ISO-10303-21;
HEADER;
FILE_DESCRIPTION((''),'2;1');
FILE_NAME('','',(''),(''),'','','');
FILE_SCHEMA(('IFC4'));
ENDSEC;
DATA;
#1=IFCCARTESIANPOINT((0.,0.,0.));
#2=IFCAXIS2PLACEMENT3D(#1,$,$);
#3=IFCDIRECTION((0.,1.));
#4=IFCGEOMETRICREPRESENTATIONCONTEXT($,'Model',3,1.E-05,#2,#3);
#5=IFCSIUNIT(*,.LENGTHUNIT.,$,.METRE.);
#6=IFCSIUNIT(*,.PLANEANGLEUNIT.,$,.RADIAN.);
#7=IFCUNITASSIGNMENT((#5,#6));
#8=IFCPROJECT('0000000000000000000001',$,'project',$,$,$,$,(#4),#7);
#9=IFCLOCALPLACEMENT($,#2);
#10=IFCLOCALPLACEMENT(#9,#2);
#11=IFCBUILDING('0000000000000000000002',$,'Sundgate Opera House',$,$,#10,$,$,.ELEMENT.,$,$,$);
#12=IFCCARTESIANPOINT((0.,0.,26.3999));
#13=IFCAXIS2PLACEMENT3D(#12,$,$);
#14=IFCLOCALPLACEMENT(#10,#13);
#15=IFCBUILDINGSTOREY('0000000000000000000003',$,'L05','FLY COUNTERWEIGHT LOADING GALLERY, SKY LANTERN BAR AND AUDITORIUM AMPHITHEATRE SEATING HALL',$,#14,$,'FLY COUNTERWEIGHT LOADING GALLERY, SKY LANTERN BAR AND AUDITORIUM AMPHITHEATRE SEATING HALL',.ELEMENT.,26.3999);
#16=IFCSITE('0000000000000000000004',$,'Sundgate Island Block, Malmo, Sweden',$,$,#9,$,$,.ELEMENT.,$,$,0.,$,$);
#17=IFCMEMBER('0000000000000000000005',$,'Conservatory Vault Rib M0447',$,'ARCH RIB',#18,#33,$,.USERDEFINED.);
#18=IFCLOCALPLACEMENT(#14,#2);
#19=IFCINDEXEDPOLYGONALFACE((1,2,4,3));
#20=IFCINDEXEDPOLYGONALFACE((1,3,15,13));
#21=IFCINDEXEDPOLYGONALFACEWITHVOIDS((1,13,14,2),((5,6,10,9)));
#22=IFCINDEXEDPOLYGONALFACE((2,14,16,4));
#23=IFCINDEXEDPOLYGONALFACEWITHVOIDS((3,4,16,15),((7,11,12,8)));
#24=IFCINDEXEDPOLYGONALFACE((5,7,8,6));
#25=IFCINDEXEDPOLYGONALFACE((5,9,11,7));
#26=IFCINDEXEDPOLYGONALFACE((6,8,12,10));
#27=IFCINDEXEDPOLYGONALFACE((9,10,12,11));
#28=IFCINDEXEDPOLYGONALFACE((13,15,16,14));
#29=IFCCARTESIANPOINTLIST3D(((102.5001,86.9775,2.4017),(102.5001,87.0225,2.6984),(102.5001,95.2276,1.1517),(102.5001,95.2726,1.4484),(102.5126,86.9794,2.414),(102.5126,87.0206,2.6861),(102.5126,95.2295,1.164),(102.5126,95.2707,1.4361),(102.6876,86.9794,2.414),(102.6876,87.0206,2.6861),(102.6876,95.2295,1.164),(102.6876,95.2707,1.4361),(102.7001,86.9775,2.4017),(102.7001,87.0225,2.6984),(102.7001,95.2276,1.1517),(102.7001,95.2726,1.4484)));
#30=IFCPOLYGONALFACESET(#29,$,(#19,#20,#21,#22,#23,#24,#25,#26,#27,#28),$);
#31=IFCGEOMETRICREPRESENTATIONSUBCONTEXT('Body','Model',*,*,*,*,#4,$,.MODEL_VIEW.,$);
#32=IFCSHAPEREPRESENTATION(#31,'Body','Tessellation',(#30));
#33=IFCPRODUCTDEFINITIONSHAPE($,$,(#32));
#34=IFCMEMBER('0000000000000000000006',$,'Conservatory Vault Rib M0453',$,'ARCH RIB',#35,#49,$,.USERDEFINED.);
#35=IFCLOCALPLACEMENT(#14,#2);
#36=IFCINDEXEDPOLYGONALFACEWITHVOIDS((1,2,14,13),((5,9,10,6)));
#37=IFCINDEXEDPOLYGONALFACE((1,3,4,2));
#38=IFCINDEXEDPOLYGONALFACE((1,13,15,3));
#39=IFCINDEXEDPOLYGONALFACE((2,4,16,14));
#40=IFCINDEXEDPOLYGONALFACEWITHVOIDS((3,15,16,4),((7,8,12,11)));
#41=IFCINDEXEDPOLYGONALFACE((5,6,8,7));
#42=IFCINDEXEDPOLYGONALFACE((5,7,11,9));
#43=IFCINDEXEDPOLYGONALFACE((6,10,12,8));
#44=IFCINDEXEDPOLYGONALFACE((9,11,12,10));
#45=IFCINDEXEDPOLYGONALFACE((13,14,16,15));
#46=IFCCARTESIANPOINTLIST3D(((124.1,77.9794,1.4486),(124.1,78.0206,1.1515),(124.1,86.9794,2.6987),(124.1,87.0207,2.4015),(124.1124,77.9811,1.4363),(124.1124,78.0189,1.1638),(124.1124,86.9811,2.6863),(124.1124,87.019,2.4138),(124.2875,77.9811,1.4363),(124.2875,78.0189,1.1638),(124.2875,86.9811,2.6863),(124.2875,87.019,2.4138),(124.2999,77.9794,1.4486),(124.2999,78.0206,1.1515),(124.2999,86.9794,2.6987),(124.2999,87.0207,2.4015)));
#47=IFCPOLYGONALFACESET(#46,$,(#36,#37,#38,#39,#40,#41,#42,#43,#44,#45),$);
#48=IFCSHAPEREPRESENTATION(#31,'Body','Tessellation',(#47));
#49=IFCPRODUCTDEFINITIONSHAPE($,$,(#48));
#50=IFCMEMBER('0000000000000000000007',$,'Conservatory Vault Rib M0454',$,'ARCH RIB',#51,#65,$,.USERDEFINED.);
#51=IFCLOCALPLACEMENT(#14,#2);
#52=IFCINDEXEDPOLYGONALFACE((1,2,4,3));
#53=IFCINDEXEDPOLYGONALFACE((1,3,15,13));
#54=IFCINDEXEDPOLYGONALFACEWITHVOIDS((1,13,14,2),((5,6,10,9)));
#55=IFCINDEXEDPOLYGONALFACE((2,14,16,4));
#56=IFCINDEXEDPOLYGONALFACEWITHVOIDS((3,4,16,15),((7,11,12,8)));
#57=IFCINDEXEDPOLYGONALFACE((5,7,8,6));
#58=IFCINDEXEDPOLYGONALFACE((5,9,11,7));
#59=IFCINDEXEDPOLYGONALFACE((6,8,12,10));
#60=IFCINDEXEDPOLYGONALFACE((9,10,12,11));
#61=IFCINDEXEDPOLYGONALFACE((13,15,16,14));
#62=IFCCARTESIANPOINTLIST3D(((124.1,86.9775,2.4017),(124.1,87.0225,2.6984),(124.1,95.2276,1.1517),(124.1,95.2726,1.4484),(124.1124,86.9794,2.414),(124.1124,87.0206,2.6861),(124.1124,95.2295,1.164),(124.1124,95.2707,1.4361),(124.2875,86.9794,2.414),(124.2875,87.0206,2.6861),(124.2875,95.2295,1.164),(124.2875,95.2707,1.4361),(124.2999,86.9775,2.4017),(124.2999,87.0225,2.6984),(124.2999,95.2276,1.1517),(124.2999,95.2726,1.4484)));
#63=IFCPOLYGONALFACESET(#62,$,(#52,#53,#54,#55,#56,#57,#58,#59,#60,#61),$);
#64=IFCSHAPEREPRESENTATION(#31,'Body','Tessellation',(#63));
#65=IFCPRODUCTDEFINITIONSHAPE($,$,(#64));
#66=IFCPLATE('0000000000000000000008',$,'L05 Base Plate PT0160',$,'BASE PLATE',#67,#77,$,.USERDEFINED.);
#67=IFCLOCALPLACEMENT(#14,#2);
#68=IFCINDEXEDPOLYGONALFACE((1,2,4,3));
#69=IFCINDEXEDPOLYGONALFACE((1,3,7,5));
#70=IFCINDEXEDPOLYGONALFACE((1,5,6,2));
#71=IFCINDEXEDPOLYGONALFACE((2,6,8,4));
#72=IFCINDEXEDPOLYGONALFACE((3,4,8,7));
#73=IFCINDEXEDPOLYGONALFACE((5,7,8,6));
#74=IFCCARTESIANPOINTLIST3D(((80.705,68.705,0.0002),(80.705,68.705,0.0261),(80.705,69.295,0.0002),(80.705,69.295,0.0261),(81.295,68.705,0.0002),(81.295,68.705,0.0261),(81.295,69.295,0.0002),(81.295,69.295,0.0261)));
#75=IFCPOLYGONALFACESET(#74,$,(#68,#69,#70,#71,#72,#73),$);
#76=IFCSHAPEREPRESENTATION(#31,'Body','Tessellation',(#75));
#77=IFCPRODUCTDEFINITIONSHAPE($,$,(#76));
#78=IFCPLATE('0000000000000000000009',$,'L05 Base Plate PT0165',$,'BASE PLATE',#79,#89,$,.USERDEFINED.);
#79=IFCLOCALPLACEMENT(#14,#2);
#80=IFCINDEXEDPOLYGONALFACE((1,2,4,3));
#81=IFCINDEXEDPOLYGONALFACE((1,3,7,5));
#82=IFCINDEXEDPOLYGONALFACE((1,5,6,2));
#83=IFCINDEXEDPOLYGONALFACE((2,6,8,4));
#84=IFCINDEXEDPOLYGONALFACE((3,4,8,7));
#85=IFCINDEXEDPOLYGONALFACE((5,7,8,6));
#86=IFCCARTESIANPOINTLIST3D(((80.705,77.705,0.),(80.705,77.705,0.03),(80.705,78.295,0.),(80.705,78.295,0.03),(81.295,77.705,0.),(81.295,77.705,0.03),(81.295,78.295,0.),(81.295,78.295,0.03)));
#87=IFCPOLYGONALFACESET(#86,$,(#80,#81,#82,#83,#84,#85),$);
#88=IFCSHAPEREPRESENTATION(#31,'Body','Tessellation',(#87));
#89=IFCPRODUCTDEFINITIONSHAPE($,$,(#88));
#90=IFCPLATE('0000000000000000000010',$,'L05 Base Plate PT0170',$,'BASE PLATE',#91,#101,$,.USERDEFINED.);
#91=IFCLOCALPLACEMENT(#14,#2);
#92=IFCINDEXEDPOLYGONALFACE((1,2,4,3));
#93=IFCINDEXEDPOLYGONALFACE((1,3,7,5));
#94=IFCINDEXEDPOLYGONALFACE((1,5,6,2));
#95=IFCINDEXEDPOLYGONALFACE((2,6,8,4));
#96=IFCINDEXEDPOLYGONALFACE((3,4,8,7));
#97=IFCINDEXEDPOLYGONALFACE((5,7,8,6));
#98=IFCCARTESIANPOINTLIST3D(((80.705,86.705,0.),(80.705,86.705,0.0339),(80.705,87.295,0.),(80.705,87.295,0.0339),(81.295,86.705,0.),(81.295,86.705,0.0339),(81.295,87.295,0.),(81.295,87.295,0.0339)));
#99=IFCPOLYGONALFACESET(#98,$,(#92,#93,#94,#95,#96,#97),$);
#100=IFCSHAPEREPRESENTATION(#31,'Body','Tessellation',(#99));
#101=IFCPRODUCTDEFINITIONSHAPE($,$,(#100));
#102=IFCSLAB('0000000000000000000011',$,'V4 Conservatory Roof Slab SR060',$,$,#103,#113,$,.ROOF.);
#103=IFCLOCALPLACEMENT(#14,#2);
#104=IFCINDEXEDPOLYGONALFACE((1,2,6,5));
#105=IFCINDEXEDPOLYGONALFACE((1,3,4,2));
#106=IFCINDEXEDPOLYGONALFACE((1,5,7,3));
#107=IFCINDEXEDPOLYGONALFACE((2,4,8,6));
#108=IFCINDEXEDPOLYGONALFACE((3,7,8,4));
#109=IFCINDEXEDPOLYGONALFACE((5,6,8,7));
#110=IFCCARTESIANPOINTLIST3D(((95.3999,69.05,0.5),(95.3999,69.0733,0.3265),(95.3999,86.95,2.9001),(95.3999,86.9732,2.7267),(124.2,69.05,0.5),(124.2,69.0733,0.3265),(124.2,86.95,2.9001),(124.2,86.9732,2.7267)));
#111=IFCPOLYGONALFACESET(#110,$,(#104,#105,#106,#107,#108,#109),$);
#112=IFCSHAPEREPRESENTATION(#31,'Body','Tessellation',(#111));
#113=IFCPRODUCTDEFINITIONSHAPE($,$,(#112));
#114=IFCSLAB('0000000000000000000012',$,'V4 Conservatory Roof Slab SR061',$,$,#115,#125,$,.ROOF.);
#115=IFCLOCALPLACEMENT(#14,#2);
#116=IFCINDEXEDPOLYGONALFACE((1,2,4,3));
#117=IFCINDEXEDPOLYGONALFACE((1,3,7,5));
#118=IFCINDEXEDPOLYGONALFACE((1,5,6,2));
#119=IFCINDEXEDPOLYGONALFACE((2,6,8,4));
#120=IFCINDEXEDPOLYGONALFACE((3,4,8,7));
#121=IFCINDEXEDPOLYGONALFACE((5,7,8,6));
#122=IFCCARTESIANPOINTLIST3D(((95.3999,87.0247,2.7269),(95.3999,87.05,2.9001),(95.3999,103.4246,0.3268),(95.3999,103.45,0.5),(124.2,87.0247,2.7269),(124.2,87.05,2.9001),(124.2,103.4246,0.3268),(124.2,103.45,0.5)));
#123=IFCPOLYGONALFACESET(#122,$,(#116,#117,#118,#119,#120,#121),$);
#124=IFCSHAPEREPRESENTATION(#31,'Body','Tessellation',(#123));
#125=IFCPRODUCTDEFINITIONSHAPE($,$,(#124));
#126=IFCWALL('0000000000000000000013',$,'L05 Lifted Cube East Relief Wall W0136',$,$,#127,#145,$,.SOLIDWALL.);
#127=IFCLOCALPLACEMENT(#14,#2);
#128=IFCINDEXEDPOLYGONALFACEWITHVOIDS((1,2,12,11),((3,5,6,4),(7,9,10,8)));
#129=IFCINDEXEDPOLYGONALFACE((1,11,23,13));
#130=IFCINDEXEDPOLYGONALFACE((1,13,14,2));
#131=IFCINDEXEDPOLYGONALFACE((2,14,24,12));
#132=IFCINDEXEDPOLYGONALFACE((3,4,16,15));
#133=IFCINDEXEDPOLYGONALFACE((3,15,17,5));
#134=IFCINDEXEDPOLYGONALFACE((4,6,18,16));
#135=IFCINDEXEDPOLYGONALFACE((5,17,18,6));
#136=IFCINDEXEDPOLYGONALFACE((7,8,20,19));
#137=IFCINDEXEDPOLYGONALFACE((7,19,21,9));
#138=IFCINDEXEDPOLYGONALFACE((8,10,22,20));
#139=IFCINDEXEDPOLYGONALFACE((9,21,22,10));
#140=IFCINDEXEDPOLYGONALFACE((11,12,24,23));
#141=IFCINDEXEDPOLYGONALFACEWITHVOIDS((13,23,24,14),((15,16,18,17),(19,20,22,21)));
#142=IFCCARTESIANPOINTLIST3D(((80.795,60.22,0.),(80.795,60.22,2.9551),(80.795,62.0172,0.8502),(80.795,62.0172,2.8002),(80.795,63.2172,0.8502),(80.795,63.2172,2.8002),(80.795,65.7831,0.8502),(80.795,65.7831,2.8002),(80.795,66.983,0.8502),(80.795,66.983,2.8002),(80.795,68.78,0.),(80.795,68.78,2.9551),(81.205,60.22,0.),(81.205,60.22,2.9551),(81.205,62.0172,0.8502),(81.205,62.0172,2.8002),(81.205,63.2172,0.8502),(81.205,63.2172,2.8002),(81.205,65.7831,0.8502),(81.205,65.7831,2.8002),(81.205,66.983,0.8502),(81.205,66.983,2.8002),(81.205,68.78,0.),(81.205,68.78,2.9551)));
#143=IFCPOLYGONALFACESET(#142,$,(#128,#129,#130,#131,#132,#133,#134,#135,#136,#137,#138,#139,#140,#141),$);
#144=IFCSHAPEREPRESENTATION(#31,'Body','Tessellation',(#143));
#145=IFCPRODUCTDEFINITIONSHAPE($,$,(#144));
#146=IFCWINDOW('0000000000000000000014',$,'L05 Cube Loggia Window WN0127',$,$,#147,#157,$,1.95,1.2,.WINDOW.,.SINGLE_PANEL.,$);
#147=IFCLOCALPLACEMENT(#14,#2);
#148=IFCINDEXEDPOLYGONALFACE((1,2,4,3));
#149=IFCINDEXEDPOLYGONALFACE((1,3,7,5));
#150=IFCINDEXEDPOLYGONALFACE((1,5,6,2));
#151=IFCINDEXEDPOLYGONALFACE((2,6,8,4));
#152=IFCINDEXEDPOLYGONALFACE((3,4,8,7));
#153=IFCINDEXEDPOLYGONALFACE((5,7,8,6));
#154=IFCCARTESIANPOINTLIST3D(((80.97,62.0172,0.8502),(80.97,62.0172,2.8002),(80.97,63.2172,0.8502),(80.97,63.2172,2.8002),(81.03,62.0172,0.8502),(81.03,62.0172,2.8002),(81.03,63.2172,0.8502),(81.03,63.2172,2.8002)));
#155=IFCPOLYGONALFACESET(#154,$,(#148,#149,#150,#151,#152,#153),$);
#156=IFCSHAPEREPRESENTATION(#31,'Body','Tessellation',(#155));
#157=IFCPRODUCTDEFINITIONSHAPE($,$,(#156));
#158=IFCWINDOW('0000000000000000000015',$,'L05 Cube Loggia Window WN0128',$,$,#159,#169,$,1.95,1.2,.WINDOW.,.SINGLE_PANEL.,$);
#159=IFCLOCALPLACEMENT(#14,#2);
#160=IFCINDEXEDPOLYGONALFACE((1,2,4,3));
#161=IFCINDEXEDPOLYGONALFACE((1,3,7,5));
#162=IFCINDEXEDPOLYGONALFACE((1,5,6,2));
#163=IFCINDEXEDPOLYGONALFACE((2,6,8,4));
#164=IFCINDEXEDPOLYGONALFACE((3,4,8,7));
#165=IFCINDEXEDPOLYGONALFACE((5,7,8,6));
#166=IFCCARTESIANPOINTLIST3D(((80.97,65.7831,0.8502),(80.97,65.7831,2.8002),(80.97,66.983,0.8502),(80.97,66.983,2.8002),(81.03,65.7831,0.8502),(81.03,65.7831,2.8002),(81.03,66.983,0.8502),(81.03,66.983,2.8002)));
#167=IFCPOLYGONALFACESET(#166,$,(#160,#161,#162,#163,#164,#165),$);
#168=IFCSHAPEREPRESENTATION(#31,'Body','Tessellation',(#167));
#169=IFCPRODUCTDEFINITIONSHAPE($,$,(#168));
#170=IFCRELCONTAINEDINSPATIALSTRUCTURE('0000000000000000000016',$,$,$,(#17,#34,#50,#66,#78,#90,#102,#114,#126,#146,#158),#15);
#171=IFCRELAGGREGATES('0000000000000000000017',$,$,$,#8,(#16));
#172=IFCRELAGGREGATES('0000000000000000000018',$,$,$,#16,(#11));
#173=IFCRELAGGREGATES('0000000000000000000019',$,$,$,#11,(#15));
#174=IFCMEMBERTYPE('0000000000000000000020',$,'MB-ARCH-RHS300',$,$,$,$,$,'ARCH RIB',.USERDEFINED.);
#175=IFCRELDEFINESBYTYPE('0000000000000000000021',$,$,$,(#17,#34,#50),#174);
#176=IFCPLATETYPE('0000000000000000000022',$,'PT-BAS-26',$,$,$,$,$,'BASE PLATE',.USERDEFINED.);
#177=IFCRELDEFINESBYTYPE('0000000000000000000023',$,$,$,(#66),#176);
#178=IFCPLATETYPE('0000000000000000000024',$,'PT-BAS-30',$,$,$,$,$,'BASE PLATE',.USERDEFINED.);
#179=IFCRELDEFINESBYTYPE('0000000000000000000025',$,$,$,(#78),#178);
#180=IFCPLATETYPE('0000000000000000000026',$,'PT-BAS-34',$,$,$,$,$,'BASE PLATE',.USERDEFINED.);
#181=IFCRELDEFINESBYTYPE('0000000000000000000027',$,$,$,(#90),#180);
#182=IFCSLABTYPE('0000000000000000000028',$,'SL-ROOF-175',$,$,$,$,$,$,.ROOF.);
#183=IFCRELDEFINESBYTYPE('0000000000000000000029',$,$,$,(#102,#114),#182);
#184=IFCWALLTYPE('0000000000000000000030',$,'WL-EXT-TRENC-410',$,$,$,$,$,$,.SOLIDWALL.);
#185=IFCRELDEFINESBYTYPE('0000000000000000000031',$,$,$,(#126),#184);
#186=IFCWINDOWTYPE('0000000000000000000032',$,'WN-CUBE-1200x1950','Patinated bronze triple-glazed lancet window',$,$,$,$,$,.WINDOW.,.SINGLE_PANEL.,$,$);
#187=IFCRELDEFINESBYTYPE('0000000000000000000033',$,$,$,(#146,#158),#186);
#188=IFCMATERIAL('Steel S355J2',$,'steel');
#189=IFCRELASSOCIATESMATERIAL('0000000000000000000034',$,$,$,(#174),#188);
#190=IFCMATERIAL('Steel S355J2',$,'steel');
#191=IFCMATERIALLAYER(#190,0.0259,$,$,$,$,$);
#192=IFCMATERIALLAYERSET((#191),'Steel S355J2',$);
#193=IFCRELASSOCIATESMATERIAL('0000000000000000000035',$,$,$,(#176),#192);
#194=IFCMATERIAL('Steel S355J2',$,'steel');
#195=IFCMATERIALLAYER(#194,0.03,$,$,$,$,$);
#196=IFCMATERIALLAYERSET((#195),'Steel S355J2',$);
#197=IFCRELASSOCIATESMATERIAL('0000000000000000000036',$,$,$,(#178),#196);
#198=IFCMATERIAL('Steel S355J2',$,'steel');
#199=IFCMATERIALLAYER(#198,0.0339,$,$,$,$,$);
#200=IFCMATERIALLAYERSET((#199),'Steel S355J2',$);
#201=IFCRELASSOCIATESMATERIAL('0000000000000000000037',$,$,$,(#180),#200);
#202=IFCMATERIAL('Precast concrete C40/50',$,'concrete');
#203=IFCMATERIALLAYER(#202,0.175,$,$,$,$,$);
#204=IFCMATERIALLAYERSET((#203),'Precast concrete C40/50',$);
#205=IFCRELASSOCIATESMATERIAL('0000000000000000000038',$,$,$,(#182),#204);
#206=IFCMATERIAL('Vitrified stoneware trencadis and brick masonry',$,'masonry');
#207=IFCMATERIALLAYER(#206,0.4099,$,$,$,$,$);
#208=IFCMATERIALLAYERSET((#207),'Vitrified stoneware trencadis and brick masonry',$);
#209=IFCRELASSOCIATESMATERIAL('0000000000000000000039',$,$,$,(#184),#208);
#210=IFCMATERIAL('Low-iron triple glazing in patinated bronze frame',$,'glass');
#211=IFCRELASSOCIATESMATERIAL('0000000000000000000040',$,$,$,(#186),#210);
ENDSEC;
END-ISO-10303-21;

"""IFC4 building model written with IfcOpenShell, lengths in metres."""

from ifc_helpers import new_model, si_unit, direction, frame, frame_2d, origin, origin_2d, place, context, subcontext, project, spatial, polyline, rectangle, hollow_rectangle, outline, extrude, material, layer, layer_set, material_profile, profile_set, type_object, element, fill, save


model = new_model("IFC4")

# Units and contexts
model_context = context("Model", 3, precision=1e-05, world=origin(), true_north=direction((0.0, 1.0)))
body_context = subcontext(model_context, "Body", "Model", "MODEL_VIEW")
ifc_project = project(units=[si_unit("LENGTHUNIT", "METRE"), si_unit("PLANEANGLEUNIT", "RADIAN")], contexts=[model_context])

# Site, building, storey
site_placement = place(None, origin())
site = spatial("IfcSite", under=ifc_project, at=site_placement, Name="Sundgate Island Block, Malmo, Sweden", CompositionType="ELEMENT", RefElevation=0.0)
building_placement = place(site_placement, origin())
building = spatial("IfcBuilding", under=site, at=building_placement, Name="Sundgate Opera House", CompositionType="ELEMENT")
storey_placement = place(building_placement, frame((0.0, 0.0, 26.3999)))
storey = spatial("IfcBuildingStorey", under=building, at=storey_placement, Name="L05", Description="FLY COUNTERWEIGHT LOADING GALLERY, SKY LANTERN BAR AND AUDITORIUM AMPHITHEATRE SEATING HALL", LongName="FLY COUNTERWEIGHT LOADING GALLERY, SKY LANTERN BAR AND AUDITORIUM AMPHITHEATRE SEATING HALL", CompositionType="ELEMENT", Elevation=26.3999)

# Members
ifc_material_1 = material(Name="Steel S355J2", Category="steel")
ifc_material_profile_1 = material_profile(ifc_material_1, hollow_rectangle(XDim=0.2, YDim=0.3, WallThickness=0.0125, at=origin_2d()), Name="RHS 300x200x12.5")
ifc_profile_set_1 = profile_set([ifc_material_profile_1], Name="Steel S355J2")
member_type = type_object("IfcMemberType", Name="MB-ARCH-RHS300", ElementType="ARCH RIB", PredefinedType="USERDEFINED", material=ifc_profile_set_1)
member_1_placement = place(storey_placement, frame((102.6001, 87.0, 2.55), z_axis=(0.0, 0.988716, -0.149805), x_axis=(-1.0, 0.0, 0.0)))
element("IfcMember", 1, at=member_1_placement, inside=storey, type_object=member_type, Name="Conservatory Vault Rib M0447", ObjectType="ARCH RIB", PredefinedType="USERDEFINED", context=body_context, shape_type="SweptSolid", body=[
    extrude(hollow_rectangle(XDim=0.2, YDim=0.3, WallThickness=0.0125, at=origin_2d()), origin(), (0.0, 0.0, 1.0), 8.3442),
])
member_2_placement = place(storey_placement, frame((124.2, 78.0, 1.3), z_axis=(0.0, 0.990492, 0.137568), x_axis=(-1.0, 0.0, 0.0)))
element("IfcMember", 2, at=member_2_placement, inside=storey, type_object=member_type, Name="Conservatory Vault Rib M0453", ObjectType="ARCH RIB", PredefinedType="USERDEFINED", context=body_context, shape_type="SweptSolid", body=[
    extrude(hollow_rectangle(XDim=0.2, YDim=0.3, WallThickness=0.0125, at=origin_2d()), origin(), (0.0, 0.0, 1.0), 9.0864),
])
member_3_placement = place(storey_placement, frame((124.2, 87.0, 2.55), z_axis=(0.0, 0.988716, -0.149805), x_axis=(-1.0, 0.0, 0.0)))
element("IfcMember", 3, at=member_3_placement, inside=storey, type_object=member_type, Name="Conservatory Vault Rib M0454", ObjectType="ARCH RIB", PredefinedType="USERDEFINED", context=body_context, shape_type="SweptSolid", body=[
    extrude(hollow_rectangle(XDim=0.2, YDim=0.3, WallThickness=0.0125, at=origin_2d()), origin(), (0.0, 0.0, 1.0), 8.3442),
])

# Plates
ifc_material_2 = material(Name="Steel S355J2", Category="steel")
ifc_layer_1 = layer(ifc_material_2, 0.0259)
ifc_layer_set_1 = layer_set([ifc_layer_1], Name="Steel S355J2")
plate_type_1 = type_object("IfcPlateType", Name="PT-BAS-26", ElementType="BASE PLATE", PredefinedType="USERDEFINED", material=ifc_layer_set_1)
plate_1_placement = place(storey_placement, frame((81.0, 69.0, 0.0002), z_axis=(0.0, 0.0, 1.0), x_axis=(1.0, 0.0, 0.0)))
element("IfcPlate", 4, at=plate_1_placement, inside=storey, type_object=plate_type_1, Name="L05 Base Plate PT0160", ObjectType="BASE PLATE", PredefinedType="USERDEFINED", context=body_context, shape_type="SweptSolid", body=[
    extrude(rectangle(XDim=0.5901, YDim=0.5901, at=origin_2d()), origin(), (0.0, 0.0, 1.0), 0.0259),
])
ifc_material_3 = material(Name="Steel S355J2", Category="steel")
ifc_layer_2 = layer(ifc_material_3, 0.03)
ifc_layer_set_2 = layer_set([ifc_layer_2], Name="Steel S355J2")
plate_type_2 = type_object("IfcPlateType", Name="PT-BAS-30", ElementType="BASE PLATE", PredefinedType="USERDEFINED", material=ifc_layer_set_2)
plate_2_placement = place(storey_placement, frame((81.0, 78.0, 0.0), z_axis=(0.0, 0.0, 1.0), x_axis=(1.0, 0.0, 0.0)))
element("IfcPlate", 5, at=plate_2_placement, inside=storey, type_object=plate_type_2, Name="L05 Base Plate PT0165", ObjectType="BASE PLATE", PredefinedType="USERDEFINED", context=body_context, shape_type="SweptSolid", body=[
    extrude(rectangle(XDim=0.5901, YDim=0.5901, at=origin_2d()), origin(), (0.0, 0.0, 1.0), 0.03),
])
ifc_material_4 = material(Name="Steel S355J2", Category="steel")
ifc_layer_3 = layer(ifc_material_4, 0.0339)
ifc_layer_set_3 = layer_set([ifc_layer_3], Name="Steel S355J2")
plate_type_3 = type_object("IfcPlateType", Name="PT-BAS-34", ElementType="BASE PLATE", PredefinedType="USERDEFINED", material=ifc_layer_set_3)
plate_3_placement = place(storey_placement, frame((81.0, 87.0, 0.0), z_axis=(0.0, 0.0, 1.0), x_axis=(1.0, 0.0, 0.0)))
element("IfcPlate", 6, at=plate_3_placement, inside=storey, type_object=plate_type_3, Name="L05 Base Plate PT0170", ObjectType="BASE PLATE", PredefinedType="USERDEFINED", context=body_context, shape_type="SweptSolid", body=[
    extrude(rectangle(XDim=0.5901, YDim=0.5901, at=origin_2d()), origin(), (0.0, 0.0, 1.0), 0.0339),
])

# Slabs
ifc_material_5 = material(Name="Precast concrete C40/50", Category="concrete")
ifc_layer_4 = layer(ifc_material_5, 0.175)
ifc_layer_set_4 = layer_set([ifc_layer_4], Name="Precast concrete C40/50")
slab_type = type_object("IfcSlabType", Name="SL-ROOF-175", PredefinedType="ROOF", material=ifc_layer_set_4)
slab_1_placement = place(storey_placement, frame((95.3999, 69.05, 0.5), z_axis=(0.0, -0.132898, 0.99113), x_axis=(1.0, 0.0, 0.0)))
element("IfcSlab", 7, at=slab_1_placement, inside=storey, type_object=slab_type, Name="V4 Conservatory Roof Slab SR060", PredefinedType="ROOF", context=body_context, shape_type="SweptSolid", body=[
    extrude(outline(polyline([(0.0, 0.0), (28.8, 0.0), (28.8, 18.0601), (0.0, 18.0601), (0.0, 0.0)])), origin(), (0.0, 0.0, -1.0), 0.175),
])
slab_2_placement = place(storey_placement, frame((95.3999, 87.05, 2.9001), z_axis=(0.0, 0.144809, 0.98946), x_axis=(1.0, 0.0, 0.0)))
element("IfcSlab", 8, at=slab_2_placement, inside=storey, type_object=slab_type, Name="V4 Conservatory Roof Slab SR061", PredefinedType="ROOF", context=body_context, shape_type="SweptSolid", body=[
    extrude(outline(polyline([(0.0, 0.0), (28.8, 0.0), (28.8, 16.5746), (0.0, 16.5746), (0.0, 0.0)])), origin(), (0.0, 0.0, -1.0), 0.175),
])

# Wall, openings, windows
ifc_material_6 = material(Name="Vitrified stoneware trencadis and brick masonry", Category="masonry")
ifc_layer_5 = layer(ifc_material_6, 0.4099)
ifc_layer_set_5 = layer_set([ifc_layer_5], Name="Vitrified stoneware trencadis and brick masonry")
wall_type = type_object("IfcWallType", Name="WL-EXT-TRENC-410", PredefinedType="SOLIDWALL", material=ifc_layer_set_5)
wall_1_placement = place(storey_placement, frame((81.0, 60.22, 0.0), z_axis=(0.0, 0.0, 1.0), x_axis=(0.0, 1.0, 0.0)))
wall_1 = element("IfcWall", 9, at=wall_1_placement, inside=storey, type_object=wall_type, Name="L05 Lifted Cube East Relief Wall W0136", PredefinedType="SOLIDWALL", context=body_context, shape_type="SweptSolid", body=[
    extrude(rectangle(XDim=8.5601, YDim=0.4099, at=frame_2d((4.28, 0.0))), origin(), (0.0, 0.0, 1.0), 2.9551),
])
opening_1_placement = place(wall_1_placement, frame((1.7971, 0.0, 0.8501)))
opening_1 = element("IfcOpeningElement", 10, at=opening_1_placement, cuts=wall_1, PredefinedType="OPENING", context=body_context, shape_type="SweptSolid", body=[
    extrude(rectangle(XDim=1.2, YDim=1.95, at=frame_2d((0.6001, 0.9751))), frame((0.0, 0.2148, 0.0), z_axis=(0.0, -1.0, 0.0), x_axis=(1.0, 0.0, 0.0)), (0.0, 0.0, 1.0), 0.4299),
])
opening_2_placement = place(wall_1_placement, frame((5.563, 0.0, 0.8501)))
opening_2 = element("IfcOpeningElement", 11, at=opening_2_placement, cuts=wall_1, PredefinedType="OPENING", context=body_context, shape_type="SweptSolid", body=[
    extrude(rectangle(XDim=1.2, YDim=1.95, at=frame_2d((0.6001, 0.9751))), frame((0.0, 0.2148, 0.0), z_axis=(0.0, -1.0, 0.0), x_axis=(1.0, 0.0, 0.0)), (0.0, 0.0, 1.0), 0.4299),
])
ifc_material_7 = material(Name="Low-iron triple glazing in patinated bronze frame", Category="glass")
window_type = type_object("IfcWindowType", Name="WN-CUBE-1200x1950", Description="Patinated bronze triple-glazed lancet window", PartitioningType="SINGLE_PANEL", PredefinedType="WINDOW", material=ifc_material_7)
window_1_placement = place(opening_1_placement, origin())
window_1 = element("IfcWindow", 12, at=window_1_placement, inside=storey, type_object=window_type, Name="L05 Cube Loggia Window WN0127", OverallHeight=1.95, OverallWidth=1.2, PartitioningType="SINGLE_PANEL", PredefinedType="WINDOW", context=body_context, shape_type="SweptSolid", body=[
    extrude(rectangle(XDim=1.2, YDim=1.95, at=frame_2d((0.6001, 0.9751))), frame((0.0, 0.03, 0.0), z_axis=(0.0, -1.0, 0.0), x_axis=(1.0, 0.0, 0.0)), (0.0, 0.0, 1.0), 0.0601),
])
fill(opening_1, window_1)
window_2_placement = place(opening_2_placement, origin())
window_2 = element("IfcWindow", 13, at=window_2_placement, inside=storey, type_object=window_type, Name="L05 Cube Loggia Window WN0128", OverallHeight=1.95, OverallWidth=1.2, PartitioningType="SINGLE_PANEL", PredefinedType="WINDOW", context=body_context, shape_type="SweptSolid", body=[
    extrude(rectangle(XDim=1.2, YDim=1.95, at=frame_2d((0.6001, 0.9751))), frame((0.0, 0.03, 0.0), z_axis=(0.0, -1.0, 0.0), x_axis=(1.0, 0.0, 0.0)), (0.0, 0.0, 1.0), 0.0601),
])
fill(opening_2, window_2)

save(model, "model.ifc")
